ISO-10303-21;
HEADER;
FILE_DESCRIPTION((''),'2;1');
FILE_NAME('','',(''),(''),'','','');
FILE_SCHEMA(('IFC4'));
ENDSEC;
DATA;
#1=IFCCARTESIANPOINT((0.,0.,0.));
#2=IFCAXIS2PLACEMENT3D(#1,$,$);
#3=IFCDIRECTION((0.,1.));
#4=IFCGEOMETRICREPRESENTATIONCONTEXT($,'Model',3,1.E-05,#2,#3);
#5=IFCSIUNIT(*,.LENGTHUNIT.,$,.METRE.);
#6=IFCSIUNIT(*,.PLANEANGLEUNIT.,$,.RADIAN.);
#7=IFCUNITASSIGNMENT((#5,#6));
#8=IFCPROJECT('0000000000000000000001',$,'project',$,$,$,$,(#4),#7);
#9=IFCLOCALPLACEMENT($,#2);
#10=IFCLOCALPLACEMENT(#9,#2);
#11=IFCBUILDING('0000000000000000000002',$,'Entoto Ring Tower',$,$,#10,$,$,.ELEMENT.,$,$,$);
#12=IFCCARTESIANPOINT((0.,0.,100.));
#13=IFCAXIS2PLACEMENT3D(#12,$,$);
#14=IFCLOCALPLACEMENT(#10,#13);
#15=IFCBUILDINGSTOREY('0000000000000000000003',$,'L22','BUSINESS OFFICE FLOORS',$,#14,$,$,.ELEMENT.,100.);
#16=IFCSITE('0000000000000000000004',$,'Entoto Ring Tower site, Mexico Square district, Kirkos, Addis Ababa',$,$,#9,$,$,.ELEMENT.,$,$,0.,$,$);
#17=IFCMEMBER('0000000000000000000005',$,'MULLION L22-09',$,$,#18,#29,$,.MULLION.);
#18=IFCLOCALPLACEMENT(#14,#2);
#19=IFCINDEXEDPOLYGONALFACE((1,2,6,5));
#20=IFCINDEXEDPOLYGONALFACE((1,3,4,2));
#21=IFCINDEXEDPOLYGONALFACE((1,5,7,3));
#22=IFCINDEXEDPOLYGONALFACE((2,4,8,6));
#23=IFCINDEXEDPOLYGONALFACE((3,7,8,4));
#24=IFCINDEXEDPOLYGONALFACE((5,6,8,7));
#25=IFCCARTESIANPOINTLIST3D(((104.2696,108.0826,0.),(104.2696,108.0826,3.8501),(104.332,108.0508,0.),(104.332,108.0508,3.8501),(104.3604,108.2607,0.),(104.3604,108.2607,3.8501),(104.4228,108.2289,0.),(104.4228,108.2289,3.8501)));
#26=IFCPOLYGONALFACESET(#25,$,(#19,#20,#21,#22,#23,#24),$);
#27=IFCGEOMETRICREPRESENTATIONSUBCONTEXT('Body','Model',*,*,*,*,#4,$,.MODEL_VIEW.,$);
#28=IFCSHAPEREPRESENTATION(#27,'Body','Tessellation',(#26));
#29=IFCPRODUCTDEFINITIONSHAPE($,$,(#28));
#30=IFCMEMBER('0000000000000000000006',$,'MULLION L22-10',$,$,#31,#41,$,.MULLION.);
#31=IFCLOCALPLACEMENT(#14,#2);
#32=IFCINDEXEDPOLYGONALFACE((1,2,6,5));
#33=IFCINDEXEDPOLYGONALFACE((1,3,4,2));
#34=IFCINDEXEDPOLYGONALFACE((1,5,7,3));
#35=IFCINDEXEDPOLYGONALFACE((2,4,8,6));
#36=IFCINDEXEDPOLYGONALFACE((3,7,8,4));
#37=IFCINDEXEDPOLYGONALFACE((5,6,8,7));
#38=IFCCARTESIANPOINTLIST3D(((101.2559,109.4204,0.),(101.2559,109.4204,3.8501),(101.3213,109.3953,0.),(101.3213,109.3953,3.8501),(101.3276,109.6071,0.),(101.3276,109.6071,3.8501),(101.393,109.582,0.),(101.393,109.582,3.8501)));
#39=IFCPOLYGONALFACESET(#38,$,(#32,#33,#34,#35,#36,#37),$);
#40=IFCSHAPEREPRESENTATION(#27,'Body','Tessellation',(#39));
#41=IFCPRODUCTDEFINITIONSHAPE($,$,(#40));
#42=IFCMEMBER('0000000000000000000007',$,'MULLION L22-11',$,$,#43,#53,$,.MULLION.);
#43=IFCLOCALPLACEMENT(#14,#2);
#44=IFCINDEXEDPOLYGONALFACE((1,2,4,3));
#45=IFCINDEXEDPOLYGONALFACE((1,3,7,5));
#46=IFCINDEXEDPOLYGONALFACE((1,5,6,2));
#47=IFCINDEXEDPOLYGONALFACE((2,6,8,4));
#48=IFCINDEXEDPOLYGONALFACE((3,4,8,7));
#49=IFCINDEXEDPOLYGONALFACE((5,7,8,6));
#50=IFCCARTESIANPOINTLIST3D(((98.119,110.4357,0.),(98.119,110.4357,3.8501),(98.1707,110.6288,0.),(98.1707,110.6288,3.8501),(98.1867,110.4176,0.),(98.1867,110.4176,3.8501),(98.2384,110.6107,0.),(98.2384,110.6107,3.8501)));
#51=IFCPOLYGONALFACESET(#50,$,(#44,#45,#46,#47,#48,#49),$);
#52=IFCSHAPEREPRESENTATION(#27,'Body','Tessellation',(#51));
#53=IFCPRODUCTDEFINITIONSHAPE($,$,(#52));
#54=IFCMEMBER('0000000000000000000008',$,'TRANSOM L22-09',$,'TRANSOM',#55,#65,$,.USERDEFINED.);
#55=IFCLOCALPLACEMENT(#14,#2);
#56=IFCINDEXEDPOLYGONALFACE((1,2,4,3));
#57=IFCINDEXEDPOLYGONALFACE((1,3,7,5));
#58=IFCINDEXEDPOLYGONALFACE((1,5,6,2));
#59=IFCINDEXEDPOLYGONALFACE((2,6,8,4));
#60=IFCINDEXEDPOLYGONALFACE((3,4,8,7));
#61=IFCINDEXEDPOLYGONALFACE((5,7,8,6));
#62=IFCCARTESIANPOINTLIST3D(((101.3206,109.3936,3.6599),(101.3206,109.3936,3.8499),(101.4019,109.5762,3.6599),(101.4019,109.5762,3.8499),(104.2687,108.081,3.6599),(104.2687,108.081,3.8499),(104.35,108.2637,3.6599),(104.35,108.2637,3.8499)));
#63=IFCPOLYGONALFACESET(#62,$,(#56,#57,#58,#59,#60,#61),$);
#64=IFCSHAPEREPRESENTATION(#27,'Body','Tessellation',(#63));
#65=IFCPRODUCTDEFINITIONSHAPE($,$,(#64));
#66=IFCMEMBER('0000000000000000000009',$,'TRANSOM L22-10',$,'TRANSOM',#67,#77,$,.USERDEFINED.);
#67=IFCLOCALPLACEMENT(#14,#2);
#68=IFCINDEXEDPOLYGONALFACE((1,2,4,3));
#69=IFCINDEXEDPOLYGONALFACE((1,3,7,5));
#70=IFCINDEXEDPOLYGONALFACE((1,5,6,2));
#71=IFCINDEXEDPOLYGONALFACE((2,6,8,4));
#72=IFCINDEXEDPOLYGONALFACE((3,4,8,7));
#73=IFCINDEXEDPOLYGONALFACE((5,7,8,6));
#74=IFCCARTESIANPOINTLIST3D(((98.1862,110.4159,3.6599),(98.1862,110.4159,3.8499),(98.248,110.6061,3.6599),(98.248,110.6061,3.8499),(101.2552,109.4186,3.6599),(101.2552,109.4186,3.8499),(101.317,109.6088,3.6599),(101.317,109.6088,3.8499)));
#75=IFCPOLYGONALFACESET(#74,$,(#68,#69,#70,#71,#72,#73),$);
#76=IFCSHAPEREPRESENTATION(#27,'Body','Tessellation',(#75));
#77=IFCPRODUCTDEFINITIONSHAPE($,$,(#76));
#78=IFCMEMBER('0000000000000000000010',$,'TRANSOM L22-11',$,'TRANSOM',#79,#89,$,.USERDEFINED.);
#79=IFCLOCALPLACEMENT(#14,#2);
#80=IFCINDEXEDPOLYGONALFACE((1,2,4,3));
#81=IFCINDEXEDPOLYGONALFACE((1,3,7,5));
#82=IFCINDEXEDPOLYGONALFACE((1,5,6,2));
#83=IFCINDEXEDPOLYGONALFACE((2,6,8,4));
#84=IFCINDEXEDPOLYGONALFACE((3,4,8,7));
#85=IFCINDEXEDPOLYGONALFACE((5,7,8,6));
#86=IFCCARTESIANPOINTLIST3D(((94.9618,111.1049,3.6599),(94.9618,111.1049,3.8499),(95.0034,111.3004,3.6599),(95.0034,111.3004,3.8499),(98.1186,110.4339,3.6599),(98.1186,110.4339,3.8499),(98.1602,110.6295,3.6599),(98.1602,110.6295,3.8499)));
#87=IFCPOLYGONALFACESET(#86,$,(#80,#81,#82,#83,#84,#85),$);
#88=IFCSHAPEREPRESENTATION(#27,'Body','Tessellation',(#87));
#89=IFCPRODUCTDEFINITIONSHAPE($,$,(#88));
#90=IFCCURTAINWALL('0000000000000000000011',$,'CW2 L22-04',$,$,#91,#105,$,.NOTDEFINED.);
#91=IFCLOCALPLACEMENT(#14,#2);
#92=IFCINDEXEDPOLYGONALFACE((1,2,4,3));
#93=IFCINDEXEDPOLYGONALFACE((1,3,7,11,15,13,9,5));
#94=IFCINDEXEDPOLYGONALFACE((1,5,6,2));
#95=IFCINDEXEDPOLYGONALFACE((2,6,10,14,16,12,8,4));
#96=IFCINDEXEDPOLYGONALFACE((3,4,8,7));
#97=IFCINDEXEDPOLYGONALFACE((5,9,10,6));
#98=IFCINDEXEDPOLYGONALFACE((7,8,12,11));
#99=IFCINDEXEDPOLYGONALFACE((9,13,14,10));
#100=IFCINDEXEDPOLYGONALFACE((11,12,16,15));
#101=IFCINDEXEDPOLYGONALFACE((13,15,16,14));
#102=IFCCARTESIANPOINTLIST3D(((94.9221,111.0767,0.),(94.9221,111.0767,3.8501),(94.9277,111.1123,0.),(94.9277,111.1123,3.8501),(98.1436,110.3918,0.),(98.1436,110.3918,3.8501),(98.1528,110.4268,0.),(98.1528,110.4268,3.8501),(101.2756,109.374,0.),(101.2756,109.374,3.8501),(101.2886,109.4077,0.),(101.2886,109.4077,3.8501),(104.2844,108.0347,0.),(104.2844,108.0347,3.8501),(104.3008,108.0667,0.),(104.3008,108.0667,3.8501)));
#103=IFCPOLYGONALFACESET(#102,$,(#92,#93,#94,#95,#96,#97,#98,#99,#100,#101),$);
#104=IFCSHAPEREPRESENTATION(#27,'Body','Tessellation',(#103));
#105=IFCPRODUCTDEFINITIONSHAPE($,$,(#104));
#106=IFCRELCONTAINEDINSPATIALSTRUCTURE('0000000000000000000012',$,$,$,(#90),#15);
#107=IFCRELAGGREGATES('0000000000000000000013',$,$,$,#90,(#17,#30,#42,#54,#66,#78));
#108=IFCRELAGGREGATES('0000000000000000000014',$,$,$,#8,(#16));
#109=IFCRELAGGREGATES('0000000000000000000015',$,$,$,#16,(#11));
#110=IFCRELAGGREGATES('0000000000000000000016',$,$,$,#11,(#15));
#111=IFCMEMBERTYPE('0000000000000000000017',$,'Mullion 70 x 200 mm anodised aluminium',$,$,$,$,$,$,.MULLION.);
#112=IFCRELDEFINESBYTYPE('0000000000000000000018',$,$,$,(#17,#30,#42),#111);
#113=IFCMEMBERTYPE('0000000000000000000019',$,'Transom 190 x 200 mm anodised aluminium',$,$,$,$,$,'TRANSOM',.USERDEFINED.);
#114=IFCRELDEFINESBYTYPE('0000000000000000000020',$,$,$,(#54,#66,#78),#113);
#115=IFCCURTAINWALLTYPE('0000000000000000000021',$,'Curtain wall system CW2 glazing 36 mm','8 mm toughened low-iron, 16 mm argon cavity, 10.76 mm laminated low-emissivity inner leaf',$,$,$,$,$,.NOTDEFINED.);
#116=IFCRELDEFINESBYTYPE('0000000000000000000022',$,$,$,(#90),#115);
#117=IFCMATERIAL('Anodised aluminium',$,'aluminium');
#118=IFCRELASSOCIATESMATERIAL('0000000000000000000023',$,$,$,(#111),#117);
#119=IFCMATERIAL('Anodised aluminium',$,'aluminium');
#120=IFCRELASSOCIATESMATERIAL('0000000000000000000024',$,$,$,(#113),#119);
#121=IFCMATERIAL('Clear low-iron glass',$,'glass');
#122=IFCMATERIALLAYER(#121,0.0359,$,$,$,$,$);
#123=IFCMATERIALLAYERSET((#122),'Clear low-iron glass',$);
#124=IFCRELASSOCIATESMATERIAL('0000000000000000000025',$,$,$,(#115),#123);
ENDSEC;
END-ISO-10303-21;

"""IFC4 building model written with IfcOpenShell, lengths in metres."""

from ifc_helpers import new_model, si_unit, direction, frame, origin, origin_2d, place, context, subcontext, project, spatial, polyline, rectangle, outline, extrude, material, layer, layer_set, material_profile, profile_set, type_object, element, aggregate, save


model = new_model("IFC4")

# Units and contexts
model_context = context("Model", 3, precision=1e-05, world=origin(), true_north=direction((0.0, 1.0)))
body_context = subcontext(model_context, "Body", "Model", "MODEL_VIEW")
ifc_project = project(units=[si_unit("LENGTHUNIT", "METRE"), si_unit("PLANEANGLEUNIT", "RADIAN")], contexts=[model_context])

# Members
ifc_material_1 = material(Name="Anodised aluminium", Category="aluminium")
ifc_material_profile_1 = material_profile(ifc_material_1, rectangle(XDim=0.0701, YDim=0.2, at=origin_2d()), Name="Mullion 70 x 200 mm anodised aluminium")
ifc_profile_set_1 = profile_set([ifc_material_profile_1], Name="Anodised aluminium")
member_type_1 = type_object("IfcMemberType", Name="Mullion 70 x 200 mm anodised aluminium", PredefinedType="MULLION", material=ifc_profile_set_1)
site_placement = place(None, origin())
building_placement = place(site_placement, origin())
storey_placement = place(building_placement, frame((0.0, 0.0, 100.0)))
member_1_placement = place(storey_placement, frame((104.3462, 108.1558, 0.0), z_axis=(0.0, 0.0, 1.0), x_axis=(-0.891007, 0.45399, 0.0)))
member_1 = element("IfcMember", 1, at=member_1_placement, type_object=member_type_1, Name="MULLION L22-09", PredefinedType="MULLION", context=body_context, shape_type="SweptSolid", body=[
    extrude(rectangle(XDim=0.0701, YDim=0.2, at=origin_2d()), origin(), (0.0, 0.0, 1.0), 3.8501),
])
member_2_placement = place(storey_placement, frame((101.3245, 109.5012, 0.0), z_axis=(0.0, 0.0, 1.0), x_axis=(-0.93358, 0.358368, 0.0)))
member_2 = element("IfcMember", 2, at=member_2_placement, type_object=member_type_1, Name="MULLION L22-10", PredefinedType="MULLION", context=body_context, shape_type="SweptSolid", body=[
    extrude(rectangle(XDim=0.0701, YDim=0.2, at=origin_2d()), origin(), (0.0, 0.0, 1.0), 3.8501),
])
member_3_placement = place(storey_placement, frame((98.1787, 110.5232, 0.0), z_axis=(0.0, 0.0, 1.0), x_axis=(-0.965926, 0.258819, 0.0)))
member_3 = element("IfcMember", 3, at=member_3_placement, type_object=member_type_1, Name="MULLION L22-11", PredefinedType="MULLION", context=body_context, shape_type="SweptSolid", body=[
    extrude(rectangle(XDim=0.0701, YDim=0.2, at=origin_2d()), origin(), (0.0, 0.0, 1.0), 3.8501),
])
ifc_material_2 = material(Name="Anodised aluminium", Category="aluminium")
ifc_material_profile_2 = material_profile(ifc_material_2, rectangle(XDim=0.2, YDim=0.1899, at=origin_2d()), Name="Transom 190 x 200 mm anodised aluminium")
ifc_profile_set_2 = profile_set([ifc_material_profile_2], Name="Anodised aluminium")
member_type_2 = type_object("IfcMemberType", Name="Transom 190 x 200 mm anodised aluminium", ElementType="TRANSOM", PredefinedType="USERDEFINED", material=ifc_profile_set_2)
member_4_placement = place(storey_placement, frame((104.3093, 108.1724, 3.7549), z_axis=(-0.913549, 0.406728, 0.0), x_axis=(-0.406728, -0.913549, 0.0)))
member_4 = element("IfcMember", 4, at=member_4_placement, type_object=member_type_2, Name="TRANSOM L22-09", ObjectType="TRANSOM", PredefinedType="USERDEFINED", context=body_context, shape_type="SweptSolid", body=[
    extrude(rectangle(XDim=0.2, YDim=0.1899, at=origin_2d()), origin(), (0.0, 0.0, 1.0), 3.2271),
])
member_5_placement = place(storey_placement, frame((101.2861, 109.5137, 3.7549), z_axis=(-0.951047, 0.309047, 0.0), x_axis=(-0.309047, -0.951047, 0.0)))
member_5 = element("IfcMember", 5, at=member_5_placement, type_object=member_type_2, Name="TRANSOM L22-10", ObjectType="TRANSOM", PredefinedType="USERDEFINED", context=body_context, shape_type="SweptSolid", body=[
    extrude(rectangle(XDim=0.2, YDim=0.1899, at=origin_2d()), origin(), (0.0, 0.0, 1.0), 3.2271),
])
member_6_placement = place(storey_placement, frame((98.1394, 110.5317, 3.7549), z_axis=(-0.978153, 0.207886, 0.0), x_axis=(-0.207886, -0.978153, 0.0)))
member_6 = element("IfcMember", 6, at=member_6_placement, type_object=member_type_2, Name="TRANSOM L22-11", ObjectType="TRANSOM", PredefinedType="USERDEFINED", context=body_context, shape_type="SweptSolid", body=[
    extrude(rectangle(XDim=0.2, YDim=0.1899, at=origin_2d()), origin(), (0.0, 0.0, 1.0), 3.2273),
])

# Site, building, storey
site = spatial("IfcSite", under=ifc_project, at=site_placement, Name="Entoto Ring Tower site, Mexico Square district, Kirkos, Addis Ababa", CompositionType="ELEMENT", RefElevation=0.0)
building = spatial("IfcBuilding", under=site, at=building_placement, Name="Entoto Ring Tower", CompositionType="ELEMENT")
storey = spatial("IfcBuildingStorey", under=building, at=storey_placement, Name="L22", Description="BUSINESS OFFICE FLOORS", CompositionType="ELEMENT", Elevation=100.0)

# Curtain wall
ifc_material_3 = material(Name="Clear low-iron glass", Category="glass")
ifc_layer = layer(ifc_material_3, 0.0359)
ifc_layer_set = layer_set([ifc_layer], Name="Clear low-iron glass")
curtain_wall_type = type_object("IfcCurtainWallType", Name="Curtain wall system CW2 glazing 36 mm", Description="8 mm toughened low-iron, 16 mm argon cavity, 10.76 mm laminated low-emissivity inner leaf", PredefinedType="NOTDEFINED", material=ifc_layer_set)
curtain_wall_1_placement = place(storey_placement, origin())
curtain_wall_1 = element("IfcCurtainWall", 7, at=curtain_wall_1_placement, inside=storey, type_object=curtain_wall_type, Name="CW2 L22-04", PredefinedType="NOTDEFINED", context=body_context, shape_type="SweptSolid", body=[
    extrude(outline(polyline([(104.3008, 108.0667), (101.2886, 109.4077), (98.1528, 110.4268), (94.9277, 111.1123), (94.9221, 111.0767), (98.1436, 110.3918), (101.2756, 109.374), (104.2844, 108.0347), (104.3008, 108.0667)])), origin(), (0.0, 0.0, 1.0), 3.8501),
])
aggregate(curtain_wall_1, [member_1, member_2, member_3, member_4, member_5, member_6])

save(model, "model.ifc")
